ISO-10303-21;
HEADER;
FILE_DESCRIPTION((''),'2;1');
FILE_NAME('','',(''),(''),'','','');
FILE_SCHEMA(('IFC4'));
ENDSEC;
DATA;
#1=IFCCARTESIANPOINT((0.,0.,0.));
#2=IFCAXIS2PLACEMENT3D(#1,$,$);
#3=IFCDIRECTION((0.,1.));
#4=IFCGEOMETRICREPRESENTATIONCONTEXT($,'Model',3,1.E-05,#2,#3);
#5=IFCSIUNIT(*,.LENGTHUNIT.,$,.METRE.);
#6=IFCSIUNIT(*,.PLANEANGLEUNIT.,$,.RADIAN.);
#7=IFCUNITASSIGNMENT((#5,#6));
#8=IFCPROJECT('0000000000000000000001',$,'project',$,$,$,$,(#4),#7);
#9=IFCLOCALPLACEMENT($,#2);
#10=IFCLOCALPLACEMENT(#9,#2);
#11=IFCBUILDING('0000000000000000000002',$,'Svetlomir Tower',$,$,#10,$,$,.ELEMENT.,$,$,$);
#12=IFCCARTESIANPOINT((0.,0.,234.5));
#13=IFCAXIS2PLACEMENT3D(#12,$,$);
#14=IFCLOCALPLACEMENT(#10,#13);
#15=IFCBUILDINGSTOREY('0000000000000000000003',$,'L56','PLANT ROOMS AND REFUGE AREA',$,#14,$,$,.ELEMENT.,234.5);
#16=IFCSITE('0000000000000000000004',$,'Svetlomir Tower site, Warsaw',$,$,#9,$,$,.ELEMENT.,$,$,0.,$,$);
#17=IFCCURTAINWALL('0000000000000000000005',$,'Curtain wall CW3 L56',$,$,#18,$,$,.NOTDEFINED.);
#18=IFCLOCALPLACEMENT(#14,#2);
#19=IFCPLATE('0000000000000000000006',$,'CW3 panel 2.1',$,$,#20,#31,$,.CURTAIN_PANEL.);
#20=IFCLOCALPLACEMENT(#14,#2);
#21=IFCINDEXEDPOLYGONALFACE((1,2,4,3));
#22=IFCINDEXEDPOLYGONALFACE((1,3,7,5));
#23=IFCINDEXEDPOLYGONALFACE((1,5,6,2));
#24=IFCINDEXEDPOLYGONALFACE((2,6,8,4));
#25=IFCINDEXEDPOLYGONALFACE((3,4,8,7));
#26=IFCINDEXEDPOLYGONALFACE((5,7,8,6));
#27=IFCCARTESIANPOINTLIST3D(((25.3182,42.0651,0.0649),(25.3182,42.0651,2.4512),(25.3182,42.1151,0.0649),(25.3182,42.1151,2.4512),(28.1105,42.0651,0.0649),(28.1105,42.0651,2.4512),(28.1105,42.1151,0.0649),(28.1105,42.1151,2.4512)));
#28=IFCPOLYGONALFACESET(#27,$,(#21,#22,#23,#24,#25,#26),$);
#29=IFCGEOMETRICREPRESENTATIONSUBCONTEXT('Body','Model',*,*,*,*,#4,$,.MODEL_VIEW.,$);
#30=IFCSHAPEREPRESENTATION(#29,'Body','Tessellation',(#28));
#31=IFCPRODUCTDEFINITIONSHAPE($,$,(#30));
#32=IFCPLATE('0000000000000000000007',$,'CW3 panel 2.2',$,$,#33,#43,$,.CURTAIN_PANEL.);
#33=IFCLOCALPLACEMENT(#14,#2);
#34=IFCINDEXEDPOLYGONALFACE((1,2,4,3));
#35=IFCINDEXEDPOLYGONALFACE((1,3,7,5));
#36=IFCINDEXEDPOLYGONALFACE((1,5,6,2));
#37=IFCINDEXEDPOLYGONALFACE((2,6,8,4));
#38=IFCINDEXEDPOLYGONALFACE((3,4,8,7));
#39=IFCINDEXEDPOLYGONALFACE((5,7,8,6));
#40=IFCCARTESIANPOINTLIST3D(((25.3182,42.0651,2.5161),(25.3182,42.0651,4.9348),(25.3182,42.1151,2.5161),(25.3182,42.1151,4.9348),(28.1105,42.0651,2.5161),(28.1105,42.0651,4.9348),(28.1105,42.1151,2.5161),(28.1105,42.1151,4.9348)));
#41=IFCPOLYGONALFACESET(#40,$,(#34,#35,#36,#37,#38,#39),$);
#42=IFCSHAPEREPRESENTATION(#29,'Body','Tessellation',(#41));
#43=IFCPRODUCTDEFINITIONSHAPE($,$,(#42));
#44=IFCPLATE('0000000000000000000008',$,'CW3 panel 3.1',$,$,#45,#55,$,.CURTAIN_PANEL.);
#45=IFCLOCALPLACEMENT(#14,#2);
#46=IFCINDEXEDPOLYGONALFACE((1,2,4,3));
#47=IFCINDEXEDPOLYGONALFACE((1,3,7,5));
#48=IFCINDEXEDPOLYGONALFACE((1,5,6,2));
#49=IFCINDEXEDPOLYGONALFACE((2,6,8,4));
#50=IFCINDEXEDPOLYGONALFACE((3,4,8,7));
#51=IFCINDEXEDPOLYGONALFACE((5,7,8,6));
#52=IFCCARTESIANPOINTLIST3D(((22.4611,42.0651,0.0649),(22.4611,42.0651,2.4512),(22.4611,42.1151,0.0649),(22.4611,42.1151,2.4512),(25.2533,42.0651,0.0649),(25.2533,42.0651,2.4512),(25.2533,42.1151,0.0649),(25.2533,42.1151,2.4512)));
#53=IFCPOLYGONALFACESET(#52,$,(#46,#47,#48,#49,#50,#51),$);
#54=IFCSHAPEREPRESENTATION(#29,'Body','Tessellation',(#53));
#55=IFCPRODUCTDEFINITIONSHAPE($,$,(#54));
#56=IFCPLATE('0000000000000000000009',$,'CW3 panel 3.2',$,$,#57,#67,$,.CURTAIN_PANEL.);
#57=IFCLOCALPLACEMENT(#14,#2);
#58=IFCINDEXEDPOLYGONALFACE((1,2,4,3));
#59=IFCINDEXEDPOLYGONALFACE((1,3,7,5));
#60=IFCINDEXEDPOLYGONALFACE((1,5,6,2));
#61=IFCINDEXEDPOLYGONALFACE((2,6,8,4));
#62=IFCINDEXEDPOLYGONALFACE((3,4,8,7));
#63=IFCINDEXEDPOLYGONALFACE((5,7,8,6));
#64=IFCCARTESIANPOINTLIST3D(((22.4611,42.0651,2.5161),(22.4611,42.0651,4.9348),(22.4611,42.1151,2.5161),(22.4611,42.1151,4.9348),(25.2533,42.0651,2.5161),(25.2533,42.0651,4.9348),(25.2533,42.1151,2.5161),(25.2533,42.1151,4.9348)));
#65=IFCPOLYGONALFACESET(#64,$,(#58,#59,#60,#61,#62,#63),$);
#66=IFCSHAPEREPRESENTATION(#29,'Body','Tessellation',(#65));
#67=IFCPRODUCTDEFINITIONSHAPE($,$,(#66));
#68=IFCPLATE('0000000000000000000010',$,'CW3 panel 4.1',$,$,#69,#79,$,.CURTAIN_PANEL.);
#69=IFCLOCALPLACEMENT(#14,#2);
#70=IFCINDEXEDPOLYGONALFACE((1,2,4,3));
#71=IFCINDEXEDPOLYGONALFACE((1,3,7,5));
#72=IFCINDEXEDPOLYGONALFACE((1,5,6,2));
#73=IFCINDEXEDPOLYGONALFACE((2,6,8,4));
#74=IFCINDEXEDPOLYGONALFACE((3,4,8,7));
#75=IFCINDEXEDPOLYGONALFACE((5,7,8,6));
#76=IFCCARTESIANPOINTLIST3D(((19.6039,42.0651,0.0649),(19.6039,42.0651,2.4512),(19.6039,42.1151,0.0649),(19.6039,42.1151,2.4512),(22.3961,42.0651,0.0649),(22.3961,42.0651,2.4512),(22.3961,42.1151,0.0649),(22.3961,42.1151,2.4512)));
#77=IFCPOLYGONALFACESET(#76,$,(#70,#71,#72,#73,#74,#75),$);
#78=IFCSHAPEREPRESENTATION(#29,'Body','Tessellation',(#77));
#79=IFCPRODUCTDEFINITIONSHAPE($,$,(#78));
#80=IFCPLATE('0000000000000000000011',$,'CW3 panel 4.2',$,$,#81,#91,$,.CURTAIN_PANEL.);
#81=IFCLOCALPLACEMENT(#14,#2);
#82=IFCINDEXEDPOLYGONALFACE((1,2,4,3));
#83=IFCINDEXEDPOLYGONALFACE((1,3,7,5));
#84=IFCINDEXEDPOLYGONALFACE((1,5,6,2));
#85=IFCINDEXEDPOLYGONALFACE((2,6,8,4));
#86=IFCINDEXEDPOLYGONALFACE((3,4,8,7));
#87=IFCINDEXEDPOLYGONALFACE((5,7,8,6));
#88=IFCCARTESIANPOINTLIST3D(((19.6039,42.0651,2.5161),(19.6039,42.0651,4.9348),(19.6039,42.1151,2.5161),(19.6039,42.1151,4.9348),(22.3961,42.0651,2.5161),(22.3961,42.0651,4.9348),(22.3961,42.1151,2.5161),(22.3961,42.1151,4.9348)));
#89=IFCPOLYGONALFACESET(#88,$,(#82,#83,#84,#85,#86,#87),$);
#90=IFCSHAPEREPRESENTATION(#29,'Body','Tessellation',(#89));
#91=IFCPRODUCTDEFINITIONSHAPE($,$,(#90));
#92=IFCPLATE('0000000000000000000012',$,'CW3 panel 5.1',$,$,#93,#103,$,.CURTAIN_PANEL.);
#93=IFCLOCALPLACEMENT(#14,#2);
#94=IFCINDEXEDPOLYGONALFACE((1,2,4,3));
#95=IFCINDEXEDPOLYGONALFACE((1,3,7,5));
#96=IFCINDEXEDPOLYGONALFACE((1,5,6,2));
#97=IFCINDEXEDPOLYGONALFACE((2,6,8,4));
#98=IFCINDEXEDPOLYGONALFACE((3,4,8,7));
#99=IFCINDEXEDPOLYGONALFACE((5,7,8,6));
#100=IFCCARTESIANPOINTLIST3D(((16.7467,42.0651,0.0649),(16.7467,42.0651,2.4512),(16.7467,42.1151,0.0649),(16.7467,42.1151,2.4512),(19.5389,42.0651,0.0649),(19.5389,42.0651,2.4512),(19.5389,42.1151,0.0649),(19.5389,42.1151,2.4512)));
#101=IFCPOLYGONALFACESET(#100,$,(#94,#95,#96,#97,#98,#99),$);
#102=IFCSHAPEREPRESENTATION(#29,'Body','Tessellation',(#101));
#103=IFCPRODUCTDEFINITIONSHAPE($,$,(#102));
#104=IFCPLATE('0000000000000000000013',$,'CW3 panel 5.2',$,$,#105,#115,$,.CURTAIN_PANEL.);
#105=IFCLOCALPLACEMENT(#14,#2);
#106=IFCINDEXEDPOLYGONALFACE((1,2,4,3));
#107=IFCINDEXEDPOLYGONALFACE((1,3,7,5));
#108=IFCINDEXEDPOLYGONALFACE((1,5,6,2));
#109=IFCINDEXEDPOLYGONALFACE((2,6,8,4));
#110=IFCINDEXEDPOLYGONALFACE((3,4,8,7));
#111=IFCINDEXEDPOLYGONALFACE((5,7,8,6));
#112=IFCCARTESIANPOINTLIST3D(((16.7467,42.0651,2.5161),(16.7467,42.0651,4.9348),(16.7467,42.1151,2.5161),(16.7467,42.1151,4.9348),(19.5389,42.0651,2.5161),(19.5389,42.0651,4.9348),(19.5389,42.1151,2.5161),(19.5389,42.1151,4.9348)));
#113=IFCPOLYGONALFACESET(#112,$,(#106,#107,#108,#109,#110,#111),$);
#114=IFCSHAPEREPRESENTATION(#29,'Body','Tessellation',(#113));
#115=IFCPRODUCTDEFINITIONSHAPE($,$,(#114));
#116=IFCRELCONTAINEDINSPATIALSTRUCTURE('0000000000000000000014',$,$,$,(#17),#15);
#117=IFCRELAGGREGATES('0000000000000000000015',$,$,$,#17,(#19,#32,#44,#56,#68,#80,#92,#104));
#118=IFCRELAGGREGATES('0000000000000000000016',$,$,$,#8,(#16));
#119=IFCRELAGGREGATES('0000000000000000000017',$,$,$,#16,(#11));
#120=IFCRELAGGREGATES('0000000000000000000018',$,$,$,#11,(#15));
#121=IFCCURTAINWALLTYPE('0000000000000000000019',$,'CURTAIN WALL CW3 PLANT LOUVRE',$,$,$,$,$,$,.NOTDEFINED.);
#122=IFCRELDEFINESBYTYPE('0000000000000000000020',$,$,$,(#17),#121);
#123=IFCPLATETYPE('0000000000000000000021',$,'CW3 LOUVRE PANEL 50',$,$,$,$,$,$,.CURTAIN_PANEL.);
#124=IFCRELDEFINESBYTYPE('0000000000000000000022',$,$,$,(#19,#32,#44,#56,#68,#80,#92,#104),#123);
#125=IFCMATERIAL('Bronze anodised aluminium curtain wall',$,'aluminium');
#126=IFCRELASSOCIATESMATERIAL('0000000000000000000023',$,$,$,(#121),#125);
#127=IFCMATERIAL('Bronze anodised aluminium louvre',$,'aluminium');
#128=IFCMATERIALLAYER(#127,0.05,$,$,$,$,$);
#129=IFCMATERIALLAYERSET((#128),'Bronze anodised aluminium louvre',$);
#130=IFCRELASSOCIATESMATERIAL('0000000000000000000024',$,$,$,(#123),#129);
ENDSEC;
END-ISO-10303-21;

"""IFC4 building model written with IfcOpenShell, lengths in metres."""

from ifc_helpers import new_model, si_unit, direction, frame, origin, origin_2d, place, context, subcontext, project, spatial, rectangle, extrude, material, layer, layer_set, type_object, element, aggregate, save


model = new_model("IFC4")

# Units and contexts
model_context = context("Model", 3, precision=1e-05, world=origin(), true_north=direction((0.0, 1.0)))
body_context = subcontext(model_context, "Body", "Model", "MODEL_VIEW")
ifc_project = project(units=[si_unit("LENGTHUNIT", "METRE"), si_unit("PLANEANGLEUNIT", "RADIAN")], contexts=[model_context])

# Site, building, storey
site_placement = place(None, origin())
site = spatial("IfcSite", under=ifc_project, at=site_placement, Name="Svetlomir Tower site, Warsaw", CompositionType="ELEMENT", RefElevation=0.0)
building_placement = place(site_placement, origin())
building = spatial("IfcBuilding", under=site, at=building_placement, Name="Svetlomir Tower", CompositionType="ELEMENT")
storey_placement = place(building_placement, frame((0.0, 0.0, 234.5)))
storey = spatial("IfcBuildingStorey", under=building, at=storey_placement, Name="L56", Description="PLANT ROOMS AND REFUGE AREA", CompositionType="ELEMENT", Elevation=234.5)

# Curtain wall, plates
ifc_material_1 = material(Name="Bronze anodised aluminium curtain wall", Category="aluminium")
curtain_wall_type = type_object("IfcCurtainWallType", Name="CURTAIN WALL CW3 PLANT LOUVRE", PredefinedType="NOTDEFINED", material=ifc_material_1)
curtain_wall_placement = place(storey_placement, origin())
curtain_wall = element("IfcCurtainWall", 1, at=curtain_wall_placement, inside=storey, type_object=curtain_wall_type, Name="Curtain wall CW3 L56", PredefinedType="NOTDEFINED")
ifc_material_2 = material(Name="Bronze anodised aluminium louvre", Category="aluminium")
ifc_layer = layer(ifc_material_2, 0.05)
ifc_layer_set = layer_set([ifc_layer], Name="Bronze anodised aluminium louvre")
plate_type = type_object("IfcPlateType", Name="CW3 LOUVRE PANEL 50", PredefinedType="CURTAIN_PANEL", material=ifc_layer_set)
plate_1_placement = place(storey_placement, frame((26.7144, 42.0901, 0.0649), z_axis=(0.0, 0.0, 1.0), x_axis=(-1.0, 0.0, 0.0)))
plate_1 = element("IfcPlate", 2, at=plate_1_placement, type_object=plate_type, Name="CW3 panel 2.1", PredefinedType="CURTAIN_PANEL", context=body_context, shape_type="SweptSolid", body=[
    extrude(rectangle(XDim=2.7922, YDim=0.05, at=origin_2d()), origin(), (0.0, 0.0, 1.0), 2.3862),
])
plate_2_placement = place(storey_placement, frame((26.7144, 42.0901, 2.5161), z_axis=(0.0, 0.0, 1.0), x_axis=(-1.0, 0.0, 0.0)))
plate_2 = element("IfcPlate", 3, at=plate_2_placement, type_object=plate_type, Name="CW3 panel 2.2", PredefinedType="CURTAIN_PANEL", context=body_context, shape_type="SweptSolid", body=[
    extrude(rectangle(XDim=2.7922, YDim=0.05, at=origin_2d()), origin(), (0.0, 0.0, 1.0), 2.4187),
])
plate_3_placement = place(storey_placement, frame((23.8572, 42.0901, 0.0649), z_axis=(0.0, 0.0, 1.0), x_axis=(-1.0, 0.0, 0.0)))
plate_3 = element("IfcPlate", 4, at=plate_3_placement, type_object=plate_type, Name="CW3 panel 3.1", PredefinedType="CURTAIN_PANEL", context=body_context, shape_type="SweptSolid", body=[
    extrude(rectangle(XDim=2.7922, YDim=0.05, at=origin_2d()), origin(), (0.0, 0.0, 1.0), 2.3862),
])
plate_4_placement = place(storey_placement, frame((23.8572, 42.0901, 2.5161), z_axis=(0.0, 0.0, 1.0), x_axis=(-1.0, 0.0, 0.0)))
plate_4 = element("IfcPlate", 5, at=plate_4_placement, type_object=plate_type, Name="CW3 panel 3.2", PredefinedType="CURTAIN_PANEL", context=body_context, shape_type="SweptSolid", body=[
    extrude(rectangle(XDim=2.7922, YDim=0.05, at=origin_2d()), origin(), (0.0, 0.0, 1.0), 2.4187),
])
plate_5_placement = place(storey_placement, frame((21.0, 42.0901, 0.0649), z_axis=(0.0, 0.0, 1.0), x_axis=(-1.0, 0.0, 0.0)))
plate_5 = element("IfcPlate", 6, at=plate_5_placement, type_object=plate_type, Name="CW3 panel 4.1", PredefinedType="CURTAIN_PANEL", context=body_context, shape_type="SweptSolid", body=[
    extrude(rectangle(XDim=2.7922, YDim=0.05, at=origin_2d()), origin(), (0.0, 0.0, 1.0), 2.3862),
])
plate_6_placement = place(storey_placement, frame((21.0, 42.0901, 2.5161), z_axis=(0.0, 0.0, 1.0), x_axis=(-1.0, 0.0, 0.0)))
plate_6 = element("IfcPlate", 7, at=plate_6_placement, type_object=plate_type, Name="CW3 panel 4.2", PredefinedType="CURTAIN_PANEL", context=body_context, shape_type="SweptSolid", body=[
    extrude(rectangle(XDim=2.7922, YDim=0.05, at=origin_2d()), origin(), (0.0, 0.0, 1.0), 2.4187),
])
plate_7_placement = place(storey_placement, frame((18.1428, 42.0901, 0.0649), z_axis=(0.0, 0.0, 1.0), x_axis=(-1.0, 0.0, 0.0)))
plate_7 = element("IfcPlate", 8, at=plate_7_placement, type_object=plate_type, Name="CW3 panel 5.1", PredefinedType="CURTAIN_PANEL", context=body_context, shape_type="SweptSolid", body=[
    extrude(rectangle(XDim=2.7922, YDim=0.05, at=origin_2d()), origin(), (0.0, 0.0, 1.0), 2.3862),
])
plate_8_placement = place(storey_placement, frame((18.1428, 42.0901, 2.5161), z_axis=(0.0, 0.0, 1.0), x_axis=(-1.0, 0.0, 0.0)))
plate_8 = element("IfcPlate", 9, at=plate_8_placement, type_object=plate_type, Name="CW3 panel 5.2", PredefinedType="CURTAIN_PANEL", context=body_context, shape_type="SweptSolid", body=[
    extrude(rectangle(XDim=2.7922, YDim=0.05, at=origin_2d()), origin(), (0.0, 0.0, 1.0), 2.4187),
])
aggregate(curtain_wall, [plate_1, plate_2, plate_3, plate_4, plate_5, plate_6, plate_7, plate_8])

save(model, "model.ifc")
